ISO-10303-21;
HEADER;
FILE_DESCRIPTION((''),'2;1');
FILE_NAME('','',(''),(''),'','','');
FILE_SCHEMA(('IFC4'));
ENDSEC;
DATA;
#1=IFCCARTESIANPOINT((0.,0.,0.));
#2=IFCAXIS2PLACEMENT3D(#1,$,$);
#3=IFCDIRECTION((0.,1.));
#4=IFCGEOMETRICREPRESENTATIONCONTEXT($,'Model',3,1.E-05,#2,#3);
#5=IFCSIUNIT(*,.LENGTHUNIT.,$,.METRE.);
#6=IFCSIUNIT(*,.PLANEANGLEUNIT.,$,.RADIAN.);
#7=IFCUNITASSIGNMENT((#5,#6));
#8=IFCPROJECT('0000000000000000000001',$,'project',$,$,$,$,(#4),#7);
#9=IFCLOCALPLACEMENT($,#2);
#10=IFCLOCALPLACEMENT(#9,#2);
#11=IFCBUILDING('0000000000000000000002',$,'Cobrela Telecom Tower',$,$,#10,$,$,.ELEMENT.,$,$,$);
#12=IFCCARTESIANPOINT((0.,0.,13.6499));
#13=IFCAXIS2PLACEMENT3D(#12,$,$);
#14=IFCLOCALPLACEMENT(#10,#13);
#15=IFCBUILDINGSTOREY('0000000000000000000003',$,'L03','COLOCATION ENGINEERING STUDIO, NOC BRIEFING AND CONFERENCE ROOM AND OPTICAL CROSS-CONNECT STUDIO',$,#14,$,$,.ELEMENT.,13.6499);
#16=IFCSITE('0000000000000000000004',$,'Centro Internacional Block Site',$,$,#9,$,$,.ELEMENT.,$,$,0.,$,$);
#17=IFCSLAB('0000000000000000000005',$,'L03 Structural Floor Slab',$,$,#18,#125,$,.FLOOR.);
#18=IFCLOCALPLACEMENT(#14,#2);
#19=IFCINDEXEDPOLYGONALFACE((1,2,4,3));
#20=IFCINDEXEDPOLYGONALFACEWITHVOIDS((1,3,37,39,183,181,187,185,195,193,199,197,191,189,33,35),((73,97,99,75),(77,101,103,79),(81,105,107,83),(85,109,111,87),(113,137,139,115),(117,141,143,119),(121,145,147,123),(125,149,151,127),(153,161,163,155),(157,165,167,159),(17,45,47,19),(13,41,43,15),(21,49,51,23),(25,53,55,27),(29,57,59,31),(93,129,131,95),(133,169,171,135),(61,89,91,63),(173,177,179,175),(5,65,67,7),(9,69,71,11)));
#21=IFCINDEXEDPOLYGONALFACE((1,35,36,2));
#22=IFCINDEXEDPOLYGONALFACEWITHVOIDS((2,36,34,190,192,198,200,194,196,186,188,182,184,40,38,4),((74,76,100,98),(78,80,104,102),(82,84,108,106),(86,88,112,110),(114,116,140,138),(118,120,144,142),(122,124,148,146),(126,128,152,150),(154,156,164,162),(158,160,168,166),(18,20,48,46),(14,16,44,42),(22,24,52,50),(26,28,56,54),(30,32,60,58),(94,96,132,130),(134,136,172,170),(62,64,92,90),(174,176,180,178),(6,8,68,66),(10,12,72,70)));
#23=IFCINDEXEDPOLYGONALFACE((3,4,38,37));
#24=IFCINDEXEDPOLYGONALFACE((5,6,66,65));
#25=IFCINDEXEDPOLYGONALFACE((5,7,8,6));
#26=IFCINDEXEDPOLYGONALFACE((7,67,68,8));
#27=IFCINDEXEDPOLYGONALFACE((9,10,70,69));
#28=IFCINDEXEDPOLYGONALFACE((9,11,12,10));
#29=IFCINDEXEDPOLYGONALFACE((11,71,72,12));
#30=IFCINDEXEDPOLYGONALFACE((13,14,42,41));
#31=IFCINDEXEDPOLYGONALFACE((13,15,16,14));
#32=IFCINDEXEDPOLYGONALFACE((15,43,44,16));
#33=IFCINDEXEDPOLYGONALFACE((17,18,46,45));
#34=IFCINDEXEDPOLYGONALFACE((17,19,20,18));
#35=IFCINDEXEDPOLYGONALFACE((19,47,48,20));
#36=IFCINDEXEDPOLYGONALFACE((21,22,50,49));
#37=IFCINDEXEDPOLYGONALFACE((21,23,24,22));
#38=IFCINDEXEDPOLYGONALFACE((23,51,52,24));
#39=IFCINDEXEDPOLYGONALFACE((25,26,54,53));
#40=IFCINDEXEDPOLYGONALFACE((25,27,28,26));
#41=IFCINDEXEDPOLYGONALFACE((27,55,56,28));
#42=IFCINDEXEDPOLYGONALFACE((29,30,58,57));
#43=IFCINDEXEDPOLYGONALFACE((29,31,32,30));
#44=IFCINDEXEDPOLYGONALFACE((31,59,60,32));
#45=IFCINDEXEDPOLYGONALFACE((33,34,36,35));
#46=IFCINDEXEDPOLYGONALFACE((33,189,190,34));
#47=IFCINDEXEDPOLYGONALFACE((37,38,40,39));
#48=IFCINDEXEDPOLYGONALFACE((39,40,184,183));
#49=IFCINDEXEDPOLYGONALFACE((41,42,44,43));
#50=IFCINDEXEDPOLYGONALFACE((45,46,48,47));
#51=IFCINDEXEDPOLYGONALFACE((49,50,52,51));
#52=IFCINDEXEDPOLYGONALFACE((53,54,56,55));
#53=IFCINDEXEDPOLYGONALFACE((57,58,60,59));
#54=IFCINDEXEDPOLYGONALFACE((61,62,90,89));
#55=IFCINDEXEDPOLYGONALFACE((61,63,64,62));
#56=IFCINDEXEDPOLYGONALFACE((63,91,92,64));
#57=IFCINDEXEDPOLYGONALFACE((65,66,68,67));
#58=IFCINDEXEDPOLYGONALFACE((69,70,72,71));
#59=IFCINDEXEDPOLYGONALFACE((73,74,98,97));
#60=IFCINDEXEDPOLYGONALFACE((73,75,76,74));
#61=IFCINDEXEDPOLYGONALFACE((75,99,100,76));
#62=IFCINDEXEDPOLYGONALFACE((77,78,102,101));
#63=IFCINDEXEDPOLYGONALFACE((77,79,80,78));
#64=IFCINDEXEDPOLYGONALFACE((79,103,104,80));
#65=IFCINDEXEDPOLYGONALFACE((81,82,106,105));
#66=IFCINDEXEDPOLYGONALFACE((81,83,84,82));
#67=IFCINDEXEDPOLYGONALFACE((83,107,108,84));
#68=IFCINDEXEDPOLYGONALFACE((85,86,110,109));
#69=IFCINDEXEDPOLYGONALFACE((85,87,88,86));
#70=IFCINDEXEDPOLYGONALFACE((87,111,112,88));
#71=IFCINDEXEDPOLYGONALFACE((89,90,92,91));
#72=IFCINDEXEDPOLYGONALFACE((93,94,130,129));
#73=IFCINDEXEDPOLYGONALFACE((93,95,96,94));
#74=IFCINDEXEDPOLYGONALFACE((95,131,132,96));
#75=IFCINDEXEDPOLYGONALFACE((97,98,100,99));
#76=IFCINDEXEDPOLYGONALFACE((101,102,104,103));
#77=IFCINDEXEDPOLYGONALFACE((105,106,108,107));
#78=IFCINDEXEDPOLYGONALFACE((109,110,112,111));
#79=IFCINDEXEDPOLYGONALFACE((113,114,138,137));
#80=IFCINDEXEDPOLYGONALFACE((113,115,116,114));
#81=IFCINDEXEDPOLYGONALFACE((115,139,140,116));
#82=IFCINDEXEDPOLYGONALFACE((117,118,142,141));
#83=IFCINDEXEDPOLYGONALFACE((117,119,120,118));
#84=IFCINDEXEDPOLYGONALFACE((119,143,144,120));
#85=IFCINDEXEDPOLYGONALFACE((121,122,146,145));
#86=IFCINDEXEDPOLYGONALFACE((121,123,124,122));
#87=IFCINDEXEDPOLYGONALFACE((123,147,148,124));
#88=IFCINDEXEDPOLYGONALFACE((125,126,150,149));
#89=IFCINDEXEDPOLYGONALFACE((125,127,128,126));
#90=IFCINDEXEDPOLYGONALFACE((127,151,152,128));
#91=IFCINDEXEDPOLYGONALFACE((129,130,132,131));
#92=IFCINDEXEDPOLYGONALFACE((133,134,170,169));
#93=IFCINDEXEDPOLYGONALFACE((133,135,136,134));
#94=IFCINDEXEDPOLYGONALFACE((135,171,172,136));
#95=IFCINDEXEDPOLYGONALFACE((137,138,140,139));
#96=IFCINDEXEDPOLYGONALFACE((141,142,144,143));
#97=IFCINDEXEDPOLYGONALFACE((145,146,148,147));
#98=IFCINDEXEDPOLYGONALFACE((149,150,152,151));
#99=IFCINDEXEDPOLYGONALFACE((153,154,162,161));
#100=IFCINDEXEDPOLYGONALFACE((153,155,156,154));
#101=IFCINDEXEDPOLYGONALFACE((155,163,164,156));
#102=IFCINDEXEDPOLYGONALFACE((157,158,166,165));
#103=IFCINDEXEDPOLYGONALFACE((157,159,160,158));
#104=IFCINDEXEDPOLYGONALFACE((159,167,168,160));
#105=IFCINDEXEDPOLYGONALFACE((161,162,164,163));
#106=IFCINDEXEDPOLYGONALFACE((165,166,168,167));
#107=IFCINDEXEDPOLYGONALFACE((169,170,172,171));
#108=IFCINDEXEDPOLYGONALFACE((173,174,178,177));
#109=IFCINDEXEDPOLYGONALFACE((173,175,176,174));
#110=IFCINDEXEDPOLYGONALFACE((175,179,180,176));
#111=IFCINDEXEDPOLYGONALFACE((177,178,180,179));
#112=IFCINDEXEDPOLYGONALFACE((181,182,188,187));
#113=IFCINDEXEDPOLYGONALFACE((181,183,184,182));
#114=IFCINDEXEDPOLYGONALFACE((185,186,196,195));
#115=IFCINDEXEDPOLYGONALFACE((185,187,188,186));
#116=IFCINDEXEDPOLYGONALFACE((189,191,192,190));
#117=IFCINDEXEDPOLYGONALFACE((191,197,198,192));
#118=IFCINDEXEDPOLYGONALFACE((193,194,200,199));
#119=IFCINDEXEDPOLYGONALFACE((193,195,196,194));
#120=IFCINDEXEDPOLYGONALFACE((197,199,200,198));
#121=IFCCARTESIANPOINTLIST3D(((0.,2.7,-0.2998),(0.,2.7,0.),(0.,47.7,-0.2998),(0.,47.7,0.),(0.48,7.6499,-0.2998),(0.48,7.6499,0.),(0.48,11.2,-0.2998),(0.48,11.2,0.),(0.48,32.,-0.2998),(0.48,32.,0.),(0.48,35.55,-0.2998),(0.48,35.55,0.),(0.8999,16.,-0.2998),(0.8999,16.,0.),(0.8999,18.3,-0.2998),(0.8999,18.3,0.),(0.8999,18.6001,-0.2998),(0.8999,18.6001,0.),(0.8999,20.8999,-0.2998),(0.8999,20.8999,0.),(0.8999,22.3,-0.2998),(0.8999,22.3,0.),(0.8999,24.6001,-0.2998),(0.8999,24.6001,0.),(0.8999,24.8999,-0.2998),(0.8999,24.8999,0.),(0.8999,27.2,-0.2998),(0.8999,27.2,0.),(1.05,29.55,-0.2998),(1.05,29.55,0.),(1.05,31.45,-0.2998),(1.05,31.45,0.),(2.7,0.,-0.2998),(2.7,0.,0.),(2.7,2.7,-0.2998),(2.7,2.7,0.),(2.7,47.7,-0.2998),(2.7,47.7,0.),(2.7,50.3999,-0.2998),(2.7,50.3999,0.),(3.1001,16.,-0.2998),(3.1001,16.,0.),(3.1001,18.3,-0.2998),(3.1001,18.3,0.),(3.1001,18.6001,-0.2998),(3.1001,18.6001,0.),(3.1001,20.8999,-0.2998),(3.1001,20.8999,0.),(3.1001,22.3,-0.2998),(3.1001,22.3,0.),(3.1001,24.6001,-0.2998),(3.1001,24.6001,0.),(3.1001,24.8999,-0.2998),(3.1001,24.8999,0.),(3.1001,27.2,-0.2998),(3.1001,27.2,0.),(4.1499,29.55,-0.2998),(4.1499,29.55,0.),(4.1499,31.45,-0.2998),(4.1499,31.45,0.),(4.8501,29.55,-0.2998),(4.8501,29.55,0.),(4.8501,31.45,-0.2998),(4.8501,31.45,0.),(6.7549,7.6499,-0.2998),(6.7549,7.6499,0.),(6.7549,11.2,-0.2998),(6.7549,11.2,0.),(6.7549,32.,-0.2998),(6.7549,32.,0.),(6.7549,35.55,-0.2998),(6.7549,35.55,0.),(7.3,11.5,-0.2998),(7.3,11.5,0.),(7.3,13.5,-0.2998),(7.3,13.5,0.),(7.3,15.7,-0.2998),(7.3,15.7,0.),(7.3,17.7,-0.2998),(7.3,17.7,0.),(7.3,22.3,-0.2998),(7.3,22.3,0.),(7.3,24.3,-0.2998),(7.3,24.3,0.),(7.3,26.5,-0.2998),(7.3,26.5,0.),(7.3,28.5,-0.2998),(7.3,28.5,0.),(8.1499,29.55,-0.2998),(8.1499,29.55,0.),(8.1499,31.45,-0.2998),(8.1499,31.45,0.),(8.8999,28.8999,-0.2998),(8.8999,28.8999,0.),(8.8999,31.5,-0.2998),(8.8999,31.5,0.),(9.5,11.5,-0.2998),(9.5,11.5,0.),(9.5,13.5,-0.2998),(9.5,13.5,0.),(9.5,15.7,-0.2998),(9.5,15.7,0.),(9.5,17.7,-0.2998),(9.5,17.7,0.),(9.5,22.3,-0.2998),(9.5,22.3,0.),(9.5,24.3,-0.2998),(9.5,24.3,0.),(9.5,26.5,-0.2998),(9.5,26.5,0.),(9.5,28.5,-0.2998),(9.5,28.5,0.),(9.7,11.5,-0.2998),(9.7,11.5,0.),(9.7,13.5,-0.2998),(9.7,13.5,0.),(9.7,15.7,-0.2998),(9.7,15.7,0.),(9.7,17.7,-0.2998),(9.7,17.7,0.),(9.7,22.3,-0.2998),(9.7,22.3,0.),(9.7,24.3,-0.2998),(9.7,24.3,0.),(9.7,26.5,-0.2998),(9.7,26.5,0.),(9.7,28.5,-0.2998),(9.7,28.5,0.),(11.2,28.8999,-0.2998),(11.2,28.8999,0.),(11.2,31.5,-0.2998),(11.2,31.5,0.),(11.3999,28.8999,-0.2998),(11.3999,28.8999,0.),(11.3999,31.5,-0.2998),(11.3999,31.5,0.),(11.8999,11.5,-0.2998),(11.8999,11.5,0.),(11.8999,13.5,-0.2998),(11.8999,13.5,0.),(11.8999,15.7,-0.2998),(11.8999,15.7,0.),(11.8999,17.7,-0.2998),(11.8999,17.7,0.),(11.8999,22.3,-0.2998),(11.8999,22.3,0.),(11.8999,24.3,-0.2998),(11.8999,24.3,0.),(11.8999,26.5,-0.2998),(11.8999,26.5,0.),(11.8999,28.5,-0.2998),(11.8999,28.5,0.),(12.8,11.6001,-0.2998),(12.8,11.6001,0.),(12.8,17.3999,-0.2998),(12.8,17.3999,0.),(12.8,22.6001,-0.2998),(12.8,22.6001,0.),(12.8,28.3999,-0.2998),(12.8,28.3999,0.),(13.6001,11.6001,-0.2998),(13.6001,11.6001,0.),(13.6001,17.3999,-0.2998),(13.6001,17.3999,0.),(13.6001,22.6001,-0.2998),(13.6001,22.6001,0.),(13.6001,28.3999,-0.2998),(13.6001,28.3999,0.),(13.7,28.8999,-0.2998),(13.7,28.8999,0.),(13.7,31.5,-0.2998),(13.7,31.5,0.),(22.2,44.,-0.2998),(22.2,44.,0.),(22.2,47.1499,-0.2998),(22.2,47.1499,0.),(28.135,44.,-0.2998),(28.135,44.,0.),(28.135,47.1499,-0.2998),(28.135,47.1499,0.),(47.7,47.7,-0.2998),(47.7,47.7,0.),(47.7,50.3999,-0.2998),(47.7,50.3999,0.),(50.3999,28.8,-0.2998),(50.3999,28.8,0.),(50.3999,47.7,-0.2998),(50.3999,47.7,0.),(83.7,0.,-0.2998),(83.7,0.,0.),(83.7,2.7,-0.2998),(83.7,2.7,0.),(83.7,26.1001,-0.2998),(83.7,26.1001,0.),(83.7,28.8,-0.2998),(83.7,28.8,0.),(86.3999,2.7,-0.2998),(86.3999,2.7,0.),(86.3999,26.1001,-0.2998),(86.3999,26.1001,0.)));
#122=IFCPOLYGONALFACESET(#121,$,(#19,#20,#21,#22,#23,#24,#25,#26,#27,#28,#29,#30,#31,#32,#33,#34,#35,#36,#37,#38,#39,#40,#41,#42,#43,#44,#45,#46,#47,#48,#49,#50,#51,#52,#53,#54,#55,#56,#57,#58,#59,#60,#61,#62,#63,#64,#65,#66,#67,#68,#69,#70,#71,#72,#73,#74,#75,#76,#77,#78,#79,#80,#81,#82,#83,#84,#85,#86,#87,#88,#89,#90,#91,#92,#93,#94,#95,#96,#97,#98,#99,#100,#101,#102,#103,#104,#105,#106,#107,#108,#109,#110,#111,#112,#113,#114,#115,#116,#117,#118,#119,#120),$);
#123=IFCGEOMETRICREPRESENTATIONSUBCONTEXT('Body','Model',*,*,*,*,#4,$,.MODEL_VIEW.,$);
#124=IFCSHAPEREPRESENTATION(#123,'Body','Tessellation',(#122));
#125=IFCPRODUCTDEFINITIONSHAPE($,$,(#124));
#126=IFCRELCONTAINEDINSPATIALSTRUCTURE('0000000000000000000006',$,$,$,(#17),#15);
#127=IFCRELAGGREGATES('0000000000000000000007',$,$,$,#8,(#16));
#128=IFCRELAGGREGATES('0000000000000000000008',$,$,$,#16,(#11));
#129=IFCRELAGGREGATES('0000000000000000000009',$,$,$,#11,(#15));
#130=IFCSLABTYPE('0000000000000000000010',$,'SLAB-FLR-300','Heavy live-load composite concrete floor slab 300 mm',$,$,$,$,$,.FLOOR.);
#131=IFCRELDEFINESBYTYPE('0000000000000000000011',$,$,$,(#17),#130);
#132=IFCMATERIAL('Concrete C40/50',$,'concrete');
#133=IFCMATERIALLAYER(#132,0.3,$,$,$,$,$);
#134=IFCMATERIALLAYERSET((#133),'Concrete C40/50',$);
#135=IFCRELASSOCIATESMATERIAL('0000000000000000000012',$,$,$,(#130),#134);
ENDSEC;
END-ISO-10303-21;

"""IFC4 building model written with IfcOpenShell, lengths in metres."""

from ifc_helpers import new_model, si_unit, direction, frame, origin, place, context, subcontext, project, spatial, polyline, outline, extrude, material, layer, layer_set, type_object, element, save


model = new_model("IFC4")

# Units and contexts
model_context = context("Model", 3, precision=1e-05, world=origin(), true_north=direction((0.0, 1.0)))
body_context = subcontext(model_context, "Body", "Model", "MODEL_VIEW")
ifc_project = project(units=[si_unit("LENGTHUNIT", "METRE"), si_unit("PLANEANGLEUNIT", "RADIAN")], contexts=[model_context])

# Site, building, storey
site_placement = place(None, origin())
site = spatial("IfcSite", under=ifc_project, at=site_placement, Name="Centro Internacional Block Site", CompositionType="ELEMENT", RefElevation=0.0)
building_placement = place(site_placement, origin())
building = spatial("IfcBuilding", under=site, at=building_placement, Name="Cobrela Telecom Tower", CompositionType="ELEMENT")
storey_placement = place(building_placement, frame((0.0, 0.0, 13.6499)))
storey = spatial("IfcBuildingStorey", under=building, at=storey_placement, Name="L03", Description="COLOCATION ENGINEERING STUDIO, NOC BRIEFING AND CONFERENCE ROOM AND OPTICAL CROSS-CONNECT STUDIO", CompositionType="ELEMENT", Elevation=13.6499)

# Slab, openings
ifc_material_1 = material(Name="Concrete C40/50", Category="concrete")
ifc_layer_1 = layer(ifc_material_1, 0.3)
ifc_layer_set_1 = layer_set([ifc_layer_1], Name="Concrete C40/50")
slab_type_1 = type_object("IfcSlabType", Name="SLAB-FLR-300", Description="Heavy live-load composite concrete floor slab 300 mm", PredefinedType="FLOOR", material=ifc_layer_set_1)
slab_1_placement = place(storey_placement, frame((0.0, 0.0, -0.2998)))
slab_1 = element("IfcSlab", 1, at=slab_1_placement, inside=storey, type_object=slab_type_1, Name="L03 Structural Floor Slab", PredefinedType="FLOOR", context=body_context, shape_type="SweptSolid", body=[
    extrude(outline(polyline([(2.7, 0.0), (83.7, 0.0), (83.7, 2.7), (86.3999, 2.7), (86.3999, 26.1001), (83.7, 26.1001), (83.7, 28.8), (50.3999, 28.8), (50.3999, 47.7), (47.7, 47.7), (47.7, 50.3999), (2.7, 50.3999), (2.7, 47.7), (0.0, 47.7), (0.0, 2.7), (2.7, 2.7), (2.7, 0.0)])), origin(), (0.0, 0.0, 1.0), 0.2998),
])
opening_1_placement = place(slab_1_placement, frame((0.0, 0.0, -0.02)))
element("IfcOpeningElement", 2, at=opening_1_placement, cuts=slab_1, PredefinedType="OPENING", context=body_context, shape_type="SweptSolid", body=[
    extrude(outline(polyline([(8.8999, 28.8999), (11.2, 28.8999), (11.2, 31.5), (8.8999, 31.5), (8.8999, 28.8999)])), origin(), (0.0, 0.0, 1.0), 0.3398),
])
opening_2_placement = place(slab_1_placement, frame((0.0, 0.0, -0.02)))
element("IfcOpeningElement", 3, at=opening_2_placement, cuts=slab_1, PredefinedType="OPENING", context=body_context, shape_type="SweptSolid", body=[
    extrude(outline(polyline([(11.3999, 28.8999), (13.7, 28.8999), (13.7, 31.5), (11.3999, 31.5), (11.3999, 28.8999)])), origin(), (0.0, 0.0, 1.0), 0.3398),
])
opening_3_placement = place(slab_1_placement, frame((0.0, 0.0, -0.02)))
element("IfcOpeningElement", 4, at=opening_3_placement, cuts=slab_1, PredefinedType="OPENING", context=body_context, shape_type="SweptSolid", body=[
    extrude(outline(polyline([(7.3, 22.3), (9.5, 22.3), (9.5, 24.3), (7.3, 24.3), (7.3, 22.3)])), origin(), (0.0, 0.0, 1.0), 0.3398),
])
opening_4_placement = place(slab_1_placement, frame((0.0, 0.0, -0.02)))
element("IfcOpeningElement", 5, at=opening_4_placement, cuts=slab_1, PredefinedType="OPENING", context=body_context, shape_type="SweptSolid", body=[
    extrude(outline(polyline([(9.7, 22.3), (11.8999, 22.3), (11.8999, 24.3), (9.7, 24.3), (9.7, 22.3)])), origin(), (0.0, 0.0, 1.0), 0.3398),
])
opening_5_placement = place(slab_1_placement, frame((0.0, 0.0, -0.02)))
element("IfcOpeningElement", 6, at=opening_5_placement, cuts=slab_1, PredefinedType="OPENING", context=body_context, shape_type="SweptSolid", body=[
    extrude(outline(polyline([(7.3, 26.5), (9.5, 26.5), (9.5, 28.5), (7.3, 28.5), (7.3, 26.5)])), origin(), (0.0, 0.0, 1.0), 0.3398),
])
opening_6_placement = place(slab_1_placement, frame((0.0, 0.0, -0.02)))
element("IfcOpeningElement", 7, at=opening_6_placement, cuts=slab_1, PredefinedType="OPENING", context=body_context, shape_type="SweptSolid", body=[
    extrude(outline(polyline([(9.7, 26.5), (11.8999, 26.5), (11.8999, 28.5), (9.7, 28.5), (9.7, 26.5)])), origin(), (0.0, 0.0, 1.0), 0.3398),
])
opening_7_placement = place(slab_1_placement, frame((0.0, 0.0, -0.02)))
element("IfcOpeningElement", 8, at=opening_7_placement, cuts=slab_1, PredefinedType="OPENING", context=body_context, shape_type="SweptSolid", body=[
    extrude(outline(polyline([(7.3, 15.7), (9.5, 15.7), (9.5, 17.7), (7.3, 17.7), (7.3, 15.7)])), origin(), (0.0, 0.0, 1.0), 0.3398),
])
opening_8_placement = place(slab_1_placement, frame((0.0, 0.0, -0.02)))
element("IfcOpeningElement", 9, at=opening_8_placement, cuts=slab_1, PredefinedType="OPENING", context=body_context, shape_type="SweptSolid", body=[
    extrude(outline(polyline([(9.7, 15.7), (11.8999, 15.7), (11.8999, 17.7), (9.7, 17.7), (9.7, 15.7)])), origin(), (0.0, 0.0, 1.0), 0.3398),
])
opening_9_placement = place(slab_1_placement, frame((0.0, 0.0, -0.02)))
element("IfcOpeningElement", 10, at=opening_9_placement, cuts=slab_1, PredefinedType="OPENING", context=body_context, shape_type="SweptSolid", body=[
    extrude(outline(polyline([(7.3, 11.5), (9.5, 11.5), (9.5, 13.5), (7.3, 13.5), (7.3, 11.5)])), origin(), (0.0, 0.0, 1.0), 0.3398),
])
opening_10_placement = place(slab_1_placement, frame((0.0, 0.0, -0.02)))
element("IfcOpeningElement", 11, at=opening_10_placement, cuts=slab_1, PredefinedType="OPENING", context=body_context, shape_type="SweptSolid", body=[
    extrude(outline(polyline([(9.7, 11.5), (11.8999, 11.5), (11.8999, 13.5), (9.7, 13.5), (9.7, 11.5)])), origin(), (0.0, 0.0, 1.0), 0.3398),
])
opening_11_placement = place(slab_1_placement, frame((0.0, 0.0, -0.02)))
element("IfcOpeningElement", 12, at=opening_11_placement, cuts=slab_1, PredefinedType="OPENING", context=body_context, shape_type="SweptSolid", body=[
    extrude(outline(polyline([(0.8999, 16.0), (3.1001, 16.0), (3.1001, 18.3), (0.8999, 18.3), (0.8999, 16.0)])), origin(), (0.0, 0.0, 1.0), 0.3398),
])
opening_12_placement = place(slab_1_placement, frame((0.0, 0.0, -0.02)))
element("IfcOpeningElement", 13, at=opening_12_placement, cuts=slab_1, PredefinedType="OPENING", context=body_context, shape_type="SweptSolid", body=[
    extrude(outline(polyline([(0.8999, 18.6001), (3.1001, 18.6001), (3.1001, 20.8999), (0.8999, 20.8999), (0.8999, 18.6001)])), origin(), (0.0, 0.0, 1.0), 0.3398),
])
opening_13_placement = place(slab_1_placement, frame((0.0, 0.0, -0.02)))
element("IfcOpeningElement", 14, at=opening_13_placement, cuts=slab_1, PredefinedType="OPENING", context=body_context, shape_type="SweptSolid", body=[
    extrude(outline(polyline([(0.8999, 22.3), (3.1001, 22.3), (3.1001, 24.6001), (0.8999, 24.6001), (0.8999, 22.3)])), origin(), (0.0, 0.0, 1.0), 0.3398),
])
opening_14_placement = place(slab_1_placement, frame((0.0, 0.0, -0.02)))
element("IfcOpeningElement", 15, at=opening_14_placement, cuts=slab_1, PredefinedType="OPENING", context=body_context, shape_type="SweptSolid", body=[
    extrude(outline(polyline([(0.8999, 24.8999), (3.1001, 24.8999), (3.1001, 27.2), (0.8999, 27.2), (0.8999, 24.8999)])), origin(), (0.0, 0.0, 1.0), 0.3398),
])
opening_15_placement = place(slab_1_placement, frame((0.0, 0.0, -0.02)))
element("IfcOpeningElement", 16, at=opening_15_placement, cuts=slab_1, PredefinedType="OPENING", context=body_context, shape_type="SweptSolid", body=[
    extrude(outline(polyline([(1.05, 29.55), (4.1499, 29.55), (4.1499, 31.45), (1.05, 31.45), (1.05, 29.55)])), origin(), (0.0, 0.0, 1.0), 0.3398),
])
opening_16_placement = place(slab_1_placement, frame((0.0, 0.0, -0.02)))
element("IfcOpeningElement", 17, at=opening_16_placement, cuts=slab_1, PredefinedType="OPENING", context=body_context, shape_type="SweptSolid", body=[
    extrude(outline(polyline([(4.8501, 29.55), (8.1499, 29.55), (8.1499, 31.45), (4.8501, 31.45), (4.8501, 29.55)])), origin(), (0.0, 0.0, 1.0), 0.3398),
])
opening_17_placement = place(slab_1_placement, frame((0.0, 0.0, -0.02)))
element("IfcOpeningElement", 18, at=opening_17_placement, cuts=slab_1, PredefinedType="OPENING", context=body_context, shape_type="SweptSolid", body=[
    extrude(outline(polyline([(12.8, 22.6001), (13.6001, 22.6001), (13.6001, 28.3999), (12.8, 28.3999), (12.8, 22.6001)])), origin(), (0.0, 0.0, 1.0), 0.3398),
])
opening_18_placement = place(slab_1_placement, frame((0.0, 0.0, -0.02)))
element("IfcOpeningElement", 19, at=opening_18_placement, cuts=slab_1, PredefinedType="OPENING", context=body_context, shape_type="SweptSolid", body=[
    extrude(outline(polyline([(12.8, 11.6001), (13.6001, 11.6001), (13.6001, 17.3999), (12.8, 17.3999), (12.8, 11.6001)])), origin(), (0.0, 0.0, 1.0), 0.3398),
])
opening_19_placement = place(slab_1_placement, frame((0.0, 0.0, -0.02)))
element("IfcOpeningElement", 20, at=opening_19_placement, cuts=slab_1, PredefinedType="OPENING", context=body_context, shape_type="SweptSolid", body=[
    extrude(outline(polyline([(6.7549, 35.55), (0.48, 35.55), (0.48, 32.0), (6.7549, 32.0), (6.7549, 35.55)])), origin(), (0.0, 0.0, 1.0), 0.3398),
])
opening_20_placement = place(slab_1_placement, frame((0.0, 0.0, -0.02)))
element("IfcOpeningElement", 21, at=opening_20_placement, cuts=slab_1, PredefinedType="OPENING", context=body_context, shape_type="SweptSolid", body=[
    extrude(outline(polyline([(6.7549, 11.2), (0.48, 11.2), (0.48, 7.6499), (6.7549, 7.6499), (6.7549, 11.2)])), origin(), (0.0, 0.0, 1.0), 0.3398),
])
opening_21_placement = place(slab_1_placement, frame((0.0, 0.0, -0.02)))
element("IfcOpeningElement", 22, at=opening_21_placement, cuts=slab_1, PredefinedType="OPENING", context=body_context, shape_type="SweptSolid", body=[
    extrude(outline(polyline([(28.135, 47.1499), (22.2, 47.1499), (22.2, 44.0), (28.135, 44.0), (28.135, 47.1499)])), origin(), (0.0, 0.0, 1.0), 0.3398),
])

save(model, "model.ifc")
